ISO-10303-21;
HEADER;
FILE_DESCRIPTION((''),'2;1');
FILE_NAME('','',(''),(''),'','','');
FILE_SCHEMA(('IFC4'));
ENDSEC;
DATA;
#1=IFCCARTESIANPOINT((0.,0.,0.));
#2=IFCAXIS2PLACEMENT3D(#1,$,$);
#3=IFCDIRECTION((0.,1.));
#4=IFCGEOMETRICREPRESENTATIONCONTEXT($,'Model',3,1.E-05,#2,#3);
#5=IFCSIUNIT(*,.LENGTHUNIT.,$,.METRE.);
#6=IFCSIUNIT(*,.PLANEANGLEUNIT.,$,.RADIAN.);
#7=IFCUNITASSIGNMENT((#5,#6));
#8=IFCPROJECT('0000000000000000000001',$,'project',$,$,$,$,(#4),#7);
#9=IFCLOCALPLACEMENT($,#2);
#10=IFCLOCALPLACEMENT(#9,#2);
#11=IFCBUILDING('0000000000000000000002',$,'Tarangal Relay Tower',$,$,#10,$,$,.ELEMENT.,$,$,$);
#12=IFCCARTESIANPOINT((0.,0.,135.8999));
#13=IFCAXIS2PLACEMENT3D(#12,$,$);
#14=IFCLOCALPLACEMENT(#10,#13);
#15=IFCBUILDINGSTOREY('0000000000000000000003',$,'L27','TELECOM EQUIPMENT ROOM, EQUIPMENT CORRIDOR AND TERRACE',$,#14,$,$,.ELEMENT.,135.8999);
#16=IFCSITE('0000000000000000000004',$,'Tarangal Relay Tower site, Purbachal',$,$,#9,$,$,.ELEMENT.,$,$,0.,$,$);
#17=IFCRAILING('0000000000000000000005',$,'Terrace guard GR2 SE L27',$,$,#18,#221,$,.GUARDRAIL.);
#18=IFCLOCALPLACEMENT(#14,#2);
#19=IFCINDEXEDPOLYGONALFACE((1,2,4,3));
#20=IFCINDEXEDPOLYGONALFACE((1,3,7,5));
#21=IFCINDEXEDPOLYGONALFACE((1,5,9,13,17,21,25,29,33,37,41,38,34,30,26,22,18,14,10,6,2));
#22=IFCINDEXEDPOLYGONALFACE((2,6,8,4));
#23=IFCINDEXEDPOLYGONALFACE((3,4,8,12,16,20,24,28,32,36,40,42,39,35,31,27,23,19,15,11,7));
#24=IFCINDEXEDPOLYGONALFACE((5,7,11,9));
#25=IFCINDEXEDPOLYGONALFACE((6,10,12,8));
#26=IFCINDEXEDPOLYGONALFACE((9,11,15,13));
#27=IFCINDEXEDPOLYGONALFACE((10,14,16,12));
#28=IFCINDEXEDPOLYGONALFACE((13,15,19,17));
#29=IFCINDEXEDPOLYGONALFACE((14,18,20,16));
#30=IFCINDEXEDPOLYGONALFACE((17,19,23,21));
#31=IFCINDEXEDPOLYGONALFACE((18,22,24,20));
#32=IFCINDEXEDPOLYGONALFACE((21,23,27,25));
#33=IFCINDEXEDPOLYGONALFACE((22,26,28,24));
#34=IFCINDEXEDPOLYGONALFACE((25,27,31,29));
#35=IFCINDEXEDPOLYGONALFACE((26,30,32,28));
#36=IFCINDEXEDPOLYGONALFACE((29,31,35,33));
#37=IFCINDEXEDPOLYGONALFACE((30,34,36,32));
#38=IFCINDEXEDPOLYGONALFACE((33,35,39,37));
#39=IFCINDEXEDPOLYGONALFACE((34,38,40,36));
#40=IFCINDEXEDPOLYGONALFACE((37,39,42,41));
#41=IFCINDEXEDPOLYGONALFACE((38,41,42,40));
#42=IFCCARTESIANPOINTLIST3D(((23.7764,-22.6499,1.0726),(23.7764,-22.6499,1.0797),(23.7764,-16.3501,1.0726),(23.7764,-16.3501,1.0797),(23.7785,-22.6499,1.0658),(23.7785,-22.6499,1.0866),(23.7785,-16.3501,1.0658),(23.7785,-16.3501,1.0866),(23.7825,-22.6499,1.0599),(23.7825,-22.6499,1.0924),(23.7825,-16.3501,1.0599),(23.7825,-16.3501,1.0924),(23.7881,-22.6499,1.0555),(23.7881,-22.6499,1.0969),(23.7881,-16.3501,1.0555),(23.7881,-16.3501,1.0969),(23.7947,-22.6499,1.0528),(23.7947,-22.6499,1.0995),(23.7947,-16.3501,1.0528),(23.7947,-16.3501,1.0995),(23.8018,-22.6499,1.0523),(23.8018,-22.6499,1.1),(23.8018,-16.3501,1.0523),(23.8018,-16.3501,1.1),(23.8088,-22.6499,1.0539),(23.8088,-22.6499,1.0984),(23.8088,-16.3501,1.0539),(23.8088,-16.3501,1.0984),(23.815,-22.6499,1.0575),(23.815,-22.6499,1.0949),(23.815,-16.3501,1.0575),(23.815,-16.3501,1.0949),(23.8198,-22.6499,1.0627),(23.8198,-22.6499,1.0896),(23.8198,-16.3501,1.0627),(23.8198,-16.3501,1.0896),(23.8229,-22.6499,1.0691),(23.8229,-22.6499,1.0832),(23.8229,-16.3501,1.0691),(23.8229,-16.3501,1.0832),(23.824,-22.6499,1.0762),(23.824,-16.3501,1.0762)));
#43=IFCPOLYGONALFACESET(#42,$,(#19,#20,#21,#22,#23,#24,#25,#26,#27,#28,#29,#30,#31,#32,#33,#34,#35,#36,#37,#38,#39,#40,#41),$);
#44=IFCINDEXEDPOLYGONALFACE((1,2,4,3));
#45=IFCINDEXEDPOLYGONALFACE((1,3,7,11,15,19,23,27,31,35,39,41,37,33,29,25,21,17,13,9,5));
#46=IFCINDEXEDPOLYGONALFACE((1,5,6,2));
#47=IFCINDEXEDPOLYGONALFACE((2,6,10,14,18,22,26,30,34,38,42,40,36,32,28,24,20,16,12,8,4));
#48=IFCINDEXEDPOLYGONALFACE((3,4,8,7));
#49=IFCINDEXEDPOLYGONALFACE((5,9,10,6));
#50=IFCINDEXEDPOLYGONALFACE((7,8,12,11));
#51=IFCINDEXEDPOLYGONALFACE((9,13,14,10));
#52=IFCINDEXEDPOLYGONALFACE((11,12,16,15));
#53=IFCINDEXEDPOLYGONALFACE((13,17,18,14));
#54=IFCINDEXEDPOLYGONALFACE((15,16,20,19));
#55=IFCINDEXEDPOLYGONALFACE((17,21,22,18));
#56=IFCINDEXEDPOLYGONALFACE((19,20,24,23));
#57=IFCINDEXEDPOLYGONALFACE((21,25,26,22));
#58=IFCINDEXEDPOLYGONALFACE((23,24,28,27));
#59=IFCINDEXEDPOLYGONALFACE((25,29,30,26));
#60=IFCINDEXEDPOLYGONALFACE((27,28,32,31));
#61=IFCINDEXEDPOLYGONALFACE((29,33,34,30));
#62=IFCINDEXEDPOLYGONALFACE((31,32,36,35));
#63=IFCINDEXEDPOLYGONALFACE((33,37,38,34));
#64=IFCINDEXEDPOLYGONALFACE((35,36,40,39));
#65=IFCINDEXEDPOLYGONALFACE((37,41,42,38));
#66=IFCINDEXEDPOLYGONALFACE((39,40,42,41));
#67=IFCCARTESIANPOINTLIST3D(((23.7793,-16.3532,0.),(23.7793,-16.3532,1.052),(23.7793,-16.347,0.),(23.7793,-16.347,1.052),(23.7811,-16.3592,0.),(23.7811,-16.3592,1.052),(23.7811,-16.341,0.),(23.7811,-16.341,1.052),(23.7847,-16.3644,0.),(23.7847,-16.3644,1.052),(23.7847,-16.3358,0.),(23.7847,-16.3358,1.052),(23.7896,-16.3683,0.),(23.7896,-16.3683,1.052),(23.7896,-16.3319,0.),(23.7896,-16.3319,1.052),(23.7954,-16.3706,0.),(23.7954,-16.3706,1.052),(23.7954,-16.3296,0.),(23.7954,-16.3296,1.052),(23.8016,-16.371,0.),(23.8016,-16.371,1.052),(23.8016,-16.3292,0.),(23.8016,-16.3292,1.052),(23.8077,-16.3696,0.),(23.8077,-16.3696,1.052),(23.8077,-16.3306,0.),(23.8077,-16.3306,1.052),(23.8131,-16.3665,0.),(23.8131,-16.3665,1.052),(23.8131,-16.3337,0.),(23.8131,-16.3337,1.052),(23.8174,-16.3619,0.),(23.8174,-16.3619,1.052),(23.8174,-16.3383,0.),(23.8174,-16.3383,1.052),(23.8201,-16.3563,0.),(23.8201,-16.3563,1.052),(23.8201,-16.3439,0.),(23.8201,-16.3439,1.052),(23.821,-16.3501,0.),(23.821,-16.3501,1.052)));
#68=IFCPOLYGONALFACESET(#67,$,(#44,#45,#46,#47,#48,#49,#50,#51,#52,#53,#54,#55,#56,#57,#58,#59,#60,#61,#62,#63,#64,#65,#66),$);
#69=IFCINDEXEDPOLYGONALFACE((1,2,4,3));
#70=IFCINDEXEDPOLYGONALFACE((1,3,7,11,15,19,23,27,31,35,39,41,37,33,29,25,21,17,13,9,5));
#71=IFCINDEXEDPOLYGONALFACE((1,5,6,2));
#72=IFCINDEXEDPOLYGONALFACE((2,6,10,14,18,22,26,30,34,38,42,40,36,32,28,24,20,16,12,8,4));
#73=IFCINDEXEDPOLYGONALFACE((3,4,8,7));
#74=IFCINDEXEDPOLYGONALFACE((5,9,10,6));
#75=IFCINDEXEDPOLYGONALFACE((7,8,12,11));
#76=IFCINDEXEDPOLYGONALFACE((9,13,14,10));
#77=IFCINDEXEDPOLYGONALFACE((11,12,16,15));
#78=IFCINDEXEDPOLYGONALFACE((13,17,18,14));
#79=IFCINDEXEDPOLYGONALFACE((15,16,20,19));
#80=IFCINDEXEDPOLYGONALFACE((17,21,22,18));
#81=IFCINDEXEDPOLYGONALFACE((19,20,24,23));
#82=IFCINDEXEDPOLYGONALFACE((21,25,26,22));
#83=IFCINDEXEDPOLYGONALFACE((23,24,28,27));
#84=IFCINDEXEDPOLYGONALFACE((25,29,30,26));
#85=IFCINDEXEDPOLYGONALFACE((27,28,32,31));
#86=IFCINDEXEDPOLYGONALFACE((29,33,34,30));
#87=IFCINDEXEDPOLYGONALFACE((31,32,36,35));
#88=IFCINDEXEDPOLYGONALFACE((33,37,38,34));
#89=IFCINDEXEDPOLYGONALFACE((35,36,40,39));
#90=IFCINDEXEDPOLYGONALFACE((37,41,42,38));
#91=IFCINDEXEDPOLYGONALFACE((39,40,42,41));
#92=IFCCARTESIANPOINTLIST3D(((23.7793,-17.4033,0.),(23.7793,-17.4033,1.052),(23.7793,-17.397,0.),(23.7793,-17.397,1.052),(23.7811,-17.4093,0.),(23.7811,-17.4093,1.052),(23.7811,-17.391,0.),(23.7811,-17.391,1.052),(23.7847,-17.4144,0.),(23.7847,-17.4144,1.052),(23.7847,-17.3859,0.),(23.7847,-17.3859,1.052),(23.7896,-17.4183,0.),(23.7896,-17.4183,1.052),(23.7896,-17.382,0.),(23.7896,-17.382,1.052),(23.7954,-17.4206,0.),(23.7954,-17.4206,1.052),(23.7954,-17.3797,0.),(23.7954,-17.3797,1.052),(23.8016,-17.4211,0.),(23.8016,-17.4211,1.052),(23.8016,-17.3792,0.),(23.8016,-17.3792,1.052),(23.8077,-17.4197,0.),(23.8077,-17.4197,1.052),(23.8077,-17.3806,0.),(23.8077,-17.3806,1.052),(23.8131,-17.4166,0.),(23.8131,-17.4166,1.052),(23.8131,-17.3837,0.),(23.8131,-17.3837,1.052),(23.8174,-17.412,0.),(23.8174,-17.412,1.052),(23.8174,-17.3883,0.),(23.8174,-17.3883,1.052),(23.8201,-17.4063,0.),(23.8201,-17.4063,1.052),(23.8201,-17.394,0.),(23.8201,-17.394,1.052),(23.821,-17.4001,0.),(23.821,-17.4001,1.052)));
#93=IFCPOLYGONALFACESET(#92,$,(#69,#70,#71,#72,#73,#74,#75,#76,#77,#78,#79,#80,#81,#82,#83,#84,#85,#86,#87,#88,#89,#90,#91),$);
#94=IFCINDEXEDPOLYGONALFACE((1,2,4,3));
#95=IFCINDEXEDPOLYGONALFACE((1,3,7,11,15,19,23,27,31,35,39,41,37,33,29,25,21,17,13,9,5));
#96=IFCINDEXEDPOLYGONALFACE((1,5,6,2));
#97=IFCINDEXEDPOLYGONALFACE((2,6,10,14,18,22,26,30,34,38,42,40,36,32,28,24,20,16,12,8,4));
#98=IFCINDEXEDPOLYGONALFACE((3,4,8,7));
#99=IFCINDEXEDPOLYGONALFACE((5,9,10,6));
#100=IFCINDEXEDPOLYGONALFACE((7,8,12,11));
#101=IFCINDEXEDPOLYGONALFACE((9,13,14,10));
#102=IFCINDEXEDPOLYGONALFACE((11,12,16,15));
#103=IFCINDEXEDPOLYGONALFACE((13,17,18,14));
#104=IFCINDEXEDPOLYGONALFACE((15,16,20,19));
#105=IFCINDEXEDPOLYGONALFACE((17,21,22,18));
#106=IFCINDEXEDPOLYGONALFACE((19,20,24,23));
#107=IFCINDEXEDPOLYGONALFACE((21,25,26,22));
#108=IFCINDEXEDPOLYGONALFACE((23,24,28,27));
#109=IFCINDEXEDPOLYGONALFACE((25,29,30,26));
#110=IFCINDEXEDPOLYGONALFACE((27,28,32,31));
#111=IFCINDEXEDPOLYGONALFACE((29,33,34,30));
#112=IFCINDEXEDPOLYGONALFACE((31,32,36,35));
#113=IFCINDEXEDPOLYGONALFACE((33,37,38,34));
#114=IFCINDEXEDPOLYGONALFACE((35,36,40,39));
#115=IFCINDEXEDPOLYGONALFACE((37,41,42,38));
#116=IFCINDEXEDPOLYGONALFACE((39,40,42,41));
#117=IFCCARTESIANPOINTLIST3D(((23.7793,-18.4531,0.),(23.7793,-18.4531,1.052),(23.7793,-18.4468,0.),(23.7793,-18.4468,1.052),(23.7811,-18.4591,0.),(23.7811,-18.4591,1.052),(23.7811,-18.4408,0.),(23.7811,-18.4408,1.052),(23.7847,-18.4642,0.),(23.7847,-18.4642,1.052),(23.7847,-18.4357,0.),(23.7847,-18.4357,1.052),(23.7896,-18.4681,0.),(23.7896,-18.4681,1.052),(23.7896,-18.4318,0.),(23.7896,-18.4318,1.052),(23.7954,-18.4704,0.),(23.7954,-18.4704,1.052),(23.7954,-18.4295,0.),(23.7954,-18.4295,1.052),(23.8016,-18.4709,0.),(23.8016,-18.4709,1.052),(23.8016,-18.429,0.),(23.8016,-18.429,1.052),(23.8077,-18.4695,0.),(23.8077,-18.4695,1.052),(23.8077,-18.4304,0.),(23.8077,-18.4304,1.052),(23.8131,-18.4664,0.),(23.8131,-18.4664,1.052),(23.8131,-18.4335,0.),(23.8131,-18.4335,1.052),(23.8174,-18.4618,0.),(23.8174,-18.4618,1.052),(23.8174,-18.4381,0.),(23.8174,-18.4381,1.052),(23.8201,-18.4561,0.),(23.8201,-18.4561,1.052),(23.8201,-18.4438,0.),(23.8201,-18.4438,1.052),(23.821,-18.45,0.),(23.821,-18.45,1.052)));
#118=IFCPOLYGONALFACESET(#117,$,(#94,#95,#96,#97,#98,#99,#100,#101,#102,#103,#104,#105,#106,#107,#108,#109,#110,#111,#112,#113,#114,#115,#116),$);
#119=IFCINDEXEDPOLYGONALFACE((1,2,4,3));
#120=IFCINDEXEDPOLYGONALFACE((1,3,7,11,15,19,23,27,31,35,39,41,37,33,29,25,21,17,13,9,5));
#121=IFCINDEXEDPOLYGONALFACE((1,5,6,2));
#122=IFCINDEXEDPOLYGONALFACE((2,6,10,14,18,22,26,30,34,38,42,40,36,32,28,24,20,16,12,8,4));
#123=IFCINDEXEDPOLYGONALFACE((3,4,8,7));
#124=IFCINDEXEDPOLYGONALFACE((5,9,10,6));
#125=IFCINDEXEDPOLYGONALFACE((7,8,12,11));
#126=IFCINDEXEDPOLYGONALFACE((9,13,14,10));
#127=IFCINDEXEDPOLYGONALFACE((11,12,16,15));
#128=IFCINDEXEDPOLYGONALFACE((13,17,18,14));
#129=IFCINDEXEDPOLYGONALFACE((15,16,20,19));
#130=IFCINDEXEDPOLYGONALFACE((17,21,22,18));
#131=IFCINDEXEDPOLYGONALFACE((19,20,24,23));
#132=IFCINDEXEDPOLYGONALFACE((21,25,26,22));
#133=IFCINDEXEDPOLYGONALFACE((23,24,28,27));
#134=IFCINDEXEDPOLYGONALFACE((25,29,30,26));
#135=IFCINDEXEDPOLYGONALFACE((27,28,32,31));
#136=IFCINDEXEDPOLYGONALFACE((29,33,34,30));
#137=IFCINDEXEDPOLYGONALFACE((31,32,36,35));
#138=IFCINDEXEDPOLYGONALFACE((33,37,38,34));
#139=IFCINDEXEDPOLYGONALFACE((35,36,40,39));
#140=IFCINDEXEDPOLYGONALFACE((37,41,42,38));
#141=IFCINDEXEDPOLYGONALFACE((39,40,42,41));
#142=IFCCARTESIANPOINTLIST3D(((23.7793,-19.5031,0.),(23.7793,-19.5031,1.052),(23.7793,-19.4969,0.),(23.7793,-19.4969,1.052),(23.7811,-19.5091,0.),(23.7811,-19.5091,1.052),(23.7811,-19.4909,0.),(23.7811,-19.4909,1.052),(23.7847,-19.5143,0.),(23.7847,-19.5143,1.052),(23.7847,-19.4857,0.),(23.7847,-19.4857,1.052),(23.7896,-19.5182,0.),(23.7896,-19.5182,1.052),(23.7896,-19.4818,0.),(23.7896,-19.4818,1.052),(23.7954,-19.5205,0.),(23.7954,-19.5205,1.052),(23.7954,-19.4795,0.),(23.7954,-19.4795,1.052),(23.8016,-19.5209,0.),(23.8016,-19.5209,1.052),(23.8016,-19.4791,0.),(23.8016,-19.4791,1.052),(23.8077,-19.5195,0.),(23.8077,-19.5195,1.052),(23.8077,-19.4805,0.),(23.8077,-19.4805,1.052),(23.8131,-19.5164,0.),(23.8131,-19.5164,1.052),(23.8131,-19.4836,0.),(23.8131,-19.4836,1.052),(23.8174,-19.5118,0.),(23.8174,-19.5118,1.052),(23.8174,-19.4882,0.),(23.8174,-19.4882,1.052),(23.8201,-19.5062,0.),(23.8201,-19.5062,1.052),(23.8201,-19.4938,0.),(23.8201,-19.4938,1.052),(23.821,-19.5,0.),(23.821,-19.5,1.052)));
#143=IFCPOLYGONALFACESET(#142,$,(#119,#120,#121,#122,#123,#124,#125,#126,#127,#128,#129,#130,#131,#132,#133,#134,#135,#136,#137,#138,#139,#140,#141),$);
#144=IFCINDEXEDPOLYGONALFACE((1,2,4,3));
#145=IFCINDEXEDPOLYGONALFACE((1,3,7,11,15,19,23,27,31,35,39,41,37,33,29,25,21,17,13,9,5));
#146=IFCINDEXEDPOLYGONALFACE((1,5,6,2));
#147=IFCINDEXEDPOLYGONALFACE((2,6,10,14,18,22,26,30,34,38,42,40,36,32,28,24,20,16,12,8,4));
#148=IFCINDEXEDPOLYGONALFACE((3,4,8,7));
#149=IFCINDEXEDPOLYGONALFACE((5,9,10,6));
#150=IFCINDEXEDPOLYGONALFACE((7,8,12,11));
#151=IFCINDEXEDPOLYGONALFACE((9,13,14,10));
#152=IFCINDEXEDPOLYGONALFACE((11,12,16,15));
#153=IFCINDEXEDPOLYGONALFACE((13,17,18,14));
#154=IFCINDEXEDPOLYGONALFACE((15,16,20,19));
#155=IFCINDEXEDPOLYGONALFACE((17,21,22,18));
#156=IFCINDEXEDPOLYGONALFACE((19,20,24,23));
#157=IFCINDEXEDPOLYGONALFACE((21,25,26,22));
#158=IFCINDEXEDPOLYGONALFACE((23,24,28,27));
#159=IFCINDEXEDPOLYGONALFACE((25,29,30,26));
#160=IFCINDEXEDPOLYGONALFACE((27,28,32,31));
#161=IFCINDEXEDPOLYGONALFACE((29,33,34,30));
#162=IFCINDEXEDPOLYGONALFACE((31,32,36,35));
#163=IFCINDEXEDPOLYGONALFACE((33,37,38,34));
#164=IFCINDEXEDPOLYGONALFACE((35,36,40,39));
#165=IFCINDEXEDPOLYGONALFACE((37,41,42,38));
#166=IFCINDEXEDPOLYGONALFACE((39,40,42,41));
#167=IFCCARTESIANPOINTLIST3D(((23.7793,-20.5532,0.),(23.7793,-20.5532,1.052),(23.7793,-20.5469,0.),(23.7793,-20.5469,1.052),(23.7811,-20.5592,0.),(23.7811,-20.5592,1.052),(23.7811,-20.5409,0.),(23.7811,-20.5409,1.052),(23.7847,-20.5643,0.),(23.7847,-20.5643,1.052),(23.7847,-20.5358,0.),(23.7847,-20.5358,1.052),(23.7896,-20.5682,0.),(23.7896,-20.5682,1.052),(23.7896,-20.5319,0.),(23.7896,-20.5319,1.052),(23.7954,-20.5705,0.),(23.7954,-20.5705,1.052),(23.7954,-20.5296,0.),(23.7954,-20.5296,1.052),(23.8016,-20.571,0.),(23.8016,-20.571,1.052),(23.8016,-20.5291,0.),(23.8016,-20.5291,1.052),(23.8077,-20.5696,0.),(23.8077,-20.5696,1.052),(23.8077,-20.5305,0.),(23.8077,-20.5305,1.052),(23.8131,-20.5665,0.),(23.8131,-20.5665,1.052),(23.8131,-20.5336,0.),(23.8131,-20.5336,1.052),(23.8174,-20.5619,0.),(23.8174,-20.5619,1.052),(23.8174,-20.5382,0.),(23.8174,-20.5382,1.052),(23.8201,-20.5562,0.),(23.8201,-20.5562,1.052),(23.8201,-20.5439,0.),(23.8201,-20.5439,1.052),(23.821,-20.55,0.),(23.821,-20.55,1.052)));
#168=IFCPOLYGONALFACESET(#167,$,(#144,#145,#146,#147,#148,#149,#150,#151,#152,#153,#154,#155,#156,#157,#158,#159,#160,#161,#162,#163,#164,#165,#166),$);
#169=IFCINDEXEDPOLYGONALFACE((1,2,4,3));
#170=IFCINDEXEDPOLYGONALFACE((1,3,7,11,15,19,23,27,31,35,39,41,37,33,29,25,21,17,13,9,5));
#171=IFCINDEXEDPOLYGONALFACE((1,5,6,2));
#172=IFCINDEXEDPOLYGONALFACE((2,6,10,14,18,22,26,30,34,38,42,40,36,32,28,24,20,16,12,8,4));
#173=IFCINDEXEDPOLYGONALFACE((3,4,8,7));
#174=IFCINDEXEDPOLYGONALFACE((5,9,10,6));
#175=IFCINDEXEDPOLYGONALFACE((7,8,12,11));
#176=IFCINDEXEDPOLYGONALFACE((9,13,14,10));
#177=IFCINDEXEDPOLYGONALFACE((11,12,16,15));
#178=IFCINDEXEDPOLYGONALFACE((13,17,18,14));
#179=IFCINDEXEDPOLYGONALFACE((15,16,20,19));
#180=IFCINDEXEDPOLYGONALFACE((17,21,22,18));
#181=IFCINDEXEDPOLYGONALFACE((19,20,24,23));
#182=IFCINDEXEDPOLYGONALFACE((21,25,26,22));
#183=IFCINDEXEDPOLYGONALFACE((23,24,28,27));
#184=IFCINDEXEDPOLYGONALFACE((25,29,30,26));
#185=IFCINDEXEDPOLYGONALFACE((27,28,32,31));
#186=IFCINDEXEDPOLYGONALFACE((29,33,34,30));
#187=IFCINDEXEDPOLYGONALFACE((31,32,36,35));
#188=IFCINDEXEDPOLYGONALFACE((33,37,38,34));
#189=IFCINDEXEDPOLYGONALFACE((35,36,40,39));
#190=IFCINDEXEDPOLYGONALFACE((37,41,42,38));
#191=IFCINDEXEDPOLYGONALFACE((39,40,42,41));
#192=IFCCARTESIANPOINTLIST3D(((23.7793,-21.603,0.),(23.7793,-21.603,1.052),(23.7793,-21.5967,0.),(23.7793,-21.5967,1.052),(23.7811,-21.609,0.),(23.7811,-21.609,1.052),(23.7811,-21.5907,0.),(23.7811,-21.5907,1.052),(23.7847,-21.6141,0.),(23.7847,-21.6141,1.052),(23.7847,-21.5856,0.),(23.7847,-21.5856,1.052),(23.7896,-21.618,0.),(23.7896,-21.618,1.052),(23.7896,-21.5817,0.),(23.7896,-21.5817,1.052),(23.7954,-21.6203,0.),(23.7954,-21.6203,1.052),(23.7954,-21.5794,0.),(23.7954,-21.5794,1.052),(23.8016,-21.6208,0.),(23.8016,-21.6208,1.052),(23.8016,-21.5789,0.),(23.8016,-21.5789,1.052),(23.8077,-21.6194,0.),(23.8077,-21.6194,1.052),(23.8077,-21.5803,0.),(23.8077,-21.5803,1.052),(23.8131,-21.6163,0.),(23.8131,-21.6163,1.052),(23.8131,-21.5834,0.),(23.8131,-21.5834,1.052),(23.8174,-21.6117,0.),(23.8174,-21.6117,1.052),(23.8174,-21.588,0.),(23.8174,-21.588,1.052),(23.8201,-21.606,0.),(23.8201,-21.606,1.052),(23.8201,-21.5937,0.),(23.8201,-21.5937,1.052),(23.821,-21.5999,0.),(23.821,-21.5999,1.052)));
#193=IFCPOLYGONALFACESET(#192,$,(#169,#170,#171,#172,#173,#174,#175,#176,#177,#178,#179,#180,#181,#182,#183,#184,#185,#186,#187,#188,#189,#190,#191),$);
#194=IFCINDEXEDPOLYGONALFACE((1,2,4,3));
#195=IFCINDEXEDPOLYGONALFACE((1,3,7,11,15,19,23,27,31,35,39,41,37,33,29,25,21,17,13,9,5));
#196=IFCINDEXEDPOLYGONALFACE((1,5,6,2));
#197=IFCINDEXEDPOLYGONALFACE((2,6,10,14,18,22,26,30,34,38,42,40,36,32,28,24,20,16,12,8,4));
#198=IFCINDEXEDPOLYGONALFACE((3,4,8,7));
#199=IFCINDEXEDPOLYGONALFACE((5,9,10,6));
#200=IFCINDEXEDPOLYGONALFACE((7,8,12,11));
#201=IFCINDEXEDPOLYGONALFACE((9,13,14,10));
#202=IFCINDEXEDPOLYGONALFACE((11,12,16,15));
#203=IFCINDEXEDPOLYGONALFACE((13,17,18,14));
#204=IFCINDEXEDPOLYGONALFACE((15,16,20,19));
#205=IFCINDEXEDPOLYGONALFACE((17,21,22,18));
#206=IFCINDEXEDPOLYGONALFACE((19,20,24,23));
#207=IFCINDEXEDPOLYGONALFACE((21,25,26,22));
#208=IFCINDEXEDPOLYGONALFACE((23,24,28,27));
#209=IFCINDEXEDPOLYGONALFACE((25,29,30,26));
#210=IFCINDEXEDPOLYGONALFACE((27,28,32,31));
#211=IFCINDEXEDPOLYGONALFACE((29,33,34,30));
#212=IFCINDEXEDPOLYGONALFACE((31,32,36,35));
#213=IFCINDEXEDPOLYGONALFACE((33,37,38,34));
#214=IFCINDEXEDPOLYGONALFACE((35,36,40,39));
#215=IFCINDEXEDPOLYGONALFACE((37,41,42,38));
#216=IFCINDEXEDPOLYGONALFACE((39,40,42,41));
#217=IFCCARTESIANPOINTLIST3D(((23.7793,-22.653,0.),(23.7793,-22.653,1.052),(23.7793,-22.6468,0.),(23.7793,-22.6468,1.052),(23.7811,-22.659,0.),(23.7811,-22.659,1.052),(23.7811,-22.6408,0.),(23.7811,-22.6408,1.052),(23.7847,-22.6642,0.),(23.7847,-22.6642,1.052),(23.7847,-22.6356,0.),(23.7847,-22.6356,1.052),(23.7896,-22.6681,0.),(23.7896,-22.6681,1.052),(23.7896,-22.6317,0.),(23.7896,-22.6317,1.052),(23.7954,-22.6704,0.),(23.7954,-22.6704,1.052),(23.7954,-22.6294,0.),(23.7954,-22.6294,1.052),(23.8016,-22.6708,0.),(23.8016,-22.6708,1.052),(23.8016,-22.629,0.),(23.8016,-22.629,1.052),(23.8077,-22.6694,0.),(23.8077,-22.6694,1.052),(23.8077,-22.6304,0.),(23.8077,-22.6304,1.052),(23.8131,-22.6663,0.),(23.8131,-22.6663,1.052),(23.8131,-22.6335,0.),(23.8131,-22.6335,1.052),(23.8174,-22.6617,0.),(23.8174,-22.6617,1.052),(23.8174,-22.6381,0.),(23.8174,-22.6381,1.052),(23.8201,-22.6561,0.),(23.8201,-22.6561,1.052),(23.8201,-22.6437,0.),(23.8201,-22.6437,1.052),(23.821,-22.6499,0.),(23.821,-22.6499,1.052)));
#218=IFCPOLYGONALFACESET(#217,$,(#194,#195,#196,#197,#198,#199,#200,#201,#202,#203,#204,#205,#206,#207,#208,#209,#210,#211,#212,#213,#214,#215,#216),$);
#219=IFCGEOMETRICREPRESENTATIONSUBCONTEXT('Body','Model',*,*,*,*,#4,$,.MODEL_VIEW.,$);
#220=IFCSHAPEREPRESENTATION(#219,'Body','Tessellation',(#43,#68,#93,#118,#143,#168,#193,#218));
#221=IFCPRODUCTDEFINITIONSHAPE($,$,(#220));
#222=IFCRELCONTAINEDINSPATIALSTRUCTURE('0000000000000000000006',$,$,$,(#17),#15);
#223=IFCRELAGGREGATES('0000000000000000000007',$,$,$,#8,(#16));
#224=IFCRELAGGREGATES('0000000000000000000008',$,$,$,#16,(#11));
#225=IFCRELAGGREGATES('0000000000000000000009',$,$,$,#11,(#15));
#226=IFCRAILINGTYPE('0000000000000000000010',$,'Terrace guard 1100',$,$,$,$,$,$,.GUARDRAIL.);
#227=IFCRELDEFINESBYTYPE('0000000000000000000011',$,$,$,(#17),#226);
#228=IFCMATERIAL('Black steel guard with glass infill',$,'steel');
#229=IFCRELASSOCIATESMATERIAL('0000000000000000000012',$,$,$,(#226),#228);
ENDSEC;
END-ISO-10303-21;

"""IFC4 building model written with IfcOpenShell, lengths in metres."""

from ifc_helpers import new_model, si_unit, direction, frame, origin, origin_2d, place, context, subcontext, project, spatial, circle, extrude, material, type_object, element, save


model = new_model("IFC4")

# Units and contexts
model_context = context("Model", 3, precision=1e-05, world=origin(), true_north=direction((0.0, 1.0)))
body_context = subcontext(model_context, "Body", "Model", "MODEL_VIEW")
ifc_project = project(units=[si_unit("LENGTHUNIT", "METRE"), si_unit("PLANEANGLEUNIT", "RADIAN")], contexts=[model_context])

# Site, building, storey
site_placement = place(None, origin())
site = spatial("IfcSite", under=ifc_project, at=site_placement, Name="Tarangal Relay Tower site, Purbachal", CompositionType="ELEMENT", RefElevation=0.0)
building_placement = place(site_placement, origin())
building = spatial("IfcBuilding", under=site, at=building_placement, Name="Tarangal Relay Tower", CompositionType="ELEMENT")
storey_placement = place(building_placement, frame((0.0, 0.0, 135.8999)))
storey = spatial("IfcBuildingStorey", under=building, at=storey_placement, Name="L27", Description="TELECOM EQUIPMENT ROOM, EQUIPMENT CORRIDOR AND TERRACE", CompositionType="ELEMENT", Elevation=135.8999)

# Railing
ifc_material_1 = material(Name="Black steel guard with glass infill", Category="steel")
railing_type = type_object("IfcRailingType", Name="Terrace guard 1100", PredefinedType="GUARDRAIL", material=ifc_material_1)
railing_1_placement = place(storey_placement, frame((23.8, -16.3501, 0.0)))
element("IfcRailing", 1, at=railing_1_placement, inside=storey, type_object=railing_type, Name="Terrace guard GR2 SE L27", PredefinedType="GUARDRAIL", context=body_context, shape_type="SweptSolid", body=[
    extrude(circle(Radius=0.0239, at=origin_2d()), frame((0.0, 0.0, 1.0762), z_axis=(0.0, -1.0, 0.0), x_axis=(1.0, 0.0, 0.0)), (0.0, 0.0, 1.0), 6.2998),
    extrude(circle(Radius=0.021, at=origin_2d()), origin(), (0.0, 0.0, 1.0), 1.052),
    extrude(circle(Radius=0.021, at=origin_2d()), frame((0.0, -1.05, 0.0)), (0.0, 0.0, 1.0), 1.052),
    extrude(circle(Radius=0.021, at=origin_2d()), frame((0.0, -2.0999, 0.0)), (0.0, 0.0, 1.0), 1.052),
    extrude(circle(Radius=0.021, at=origin_2d()), frame((0.0, -3.1499, 0.0)), (0.0, 0.0, 1.0), 1.052),
    extrude(circle(Radius=0.021, at=origin_2d()), frame((0.0, -4.2, 0.0)), (0.0, 0.0, 1.0), 1.052),
    extrude(circle(Radius=0.021, at=origin_2d()), frame((0.0, -5.2498, 0.0)), (0.0, 0.0, 1.0), 1.052),
    extrude(circle(Radius=0.021, at=origin_2d()), frame((0.0, -6.2998, 0.0)), (0.0, 0.0, 1.0), 1.052),
])

save(model, "model.ifc")
